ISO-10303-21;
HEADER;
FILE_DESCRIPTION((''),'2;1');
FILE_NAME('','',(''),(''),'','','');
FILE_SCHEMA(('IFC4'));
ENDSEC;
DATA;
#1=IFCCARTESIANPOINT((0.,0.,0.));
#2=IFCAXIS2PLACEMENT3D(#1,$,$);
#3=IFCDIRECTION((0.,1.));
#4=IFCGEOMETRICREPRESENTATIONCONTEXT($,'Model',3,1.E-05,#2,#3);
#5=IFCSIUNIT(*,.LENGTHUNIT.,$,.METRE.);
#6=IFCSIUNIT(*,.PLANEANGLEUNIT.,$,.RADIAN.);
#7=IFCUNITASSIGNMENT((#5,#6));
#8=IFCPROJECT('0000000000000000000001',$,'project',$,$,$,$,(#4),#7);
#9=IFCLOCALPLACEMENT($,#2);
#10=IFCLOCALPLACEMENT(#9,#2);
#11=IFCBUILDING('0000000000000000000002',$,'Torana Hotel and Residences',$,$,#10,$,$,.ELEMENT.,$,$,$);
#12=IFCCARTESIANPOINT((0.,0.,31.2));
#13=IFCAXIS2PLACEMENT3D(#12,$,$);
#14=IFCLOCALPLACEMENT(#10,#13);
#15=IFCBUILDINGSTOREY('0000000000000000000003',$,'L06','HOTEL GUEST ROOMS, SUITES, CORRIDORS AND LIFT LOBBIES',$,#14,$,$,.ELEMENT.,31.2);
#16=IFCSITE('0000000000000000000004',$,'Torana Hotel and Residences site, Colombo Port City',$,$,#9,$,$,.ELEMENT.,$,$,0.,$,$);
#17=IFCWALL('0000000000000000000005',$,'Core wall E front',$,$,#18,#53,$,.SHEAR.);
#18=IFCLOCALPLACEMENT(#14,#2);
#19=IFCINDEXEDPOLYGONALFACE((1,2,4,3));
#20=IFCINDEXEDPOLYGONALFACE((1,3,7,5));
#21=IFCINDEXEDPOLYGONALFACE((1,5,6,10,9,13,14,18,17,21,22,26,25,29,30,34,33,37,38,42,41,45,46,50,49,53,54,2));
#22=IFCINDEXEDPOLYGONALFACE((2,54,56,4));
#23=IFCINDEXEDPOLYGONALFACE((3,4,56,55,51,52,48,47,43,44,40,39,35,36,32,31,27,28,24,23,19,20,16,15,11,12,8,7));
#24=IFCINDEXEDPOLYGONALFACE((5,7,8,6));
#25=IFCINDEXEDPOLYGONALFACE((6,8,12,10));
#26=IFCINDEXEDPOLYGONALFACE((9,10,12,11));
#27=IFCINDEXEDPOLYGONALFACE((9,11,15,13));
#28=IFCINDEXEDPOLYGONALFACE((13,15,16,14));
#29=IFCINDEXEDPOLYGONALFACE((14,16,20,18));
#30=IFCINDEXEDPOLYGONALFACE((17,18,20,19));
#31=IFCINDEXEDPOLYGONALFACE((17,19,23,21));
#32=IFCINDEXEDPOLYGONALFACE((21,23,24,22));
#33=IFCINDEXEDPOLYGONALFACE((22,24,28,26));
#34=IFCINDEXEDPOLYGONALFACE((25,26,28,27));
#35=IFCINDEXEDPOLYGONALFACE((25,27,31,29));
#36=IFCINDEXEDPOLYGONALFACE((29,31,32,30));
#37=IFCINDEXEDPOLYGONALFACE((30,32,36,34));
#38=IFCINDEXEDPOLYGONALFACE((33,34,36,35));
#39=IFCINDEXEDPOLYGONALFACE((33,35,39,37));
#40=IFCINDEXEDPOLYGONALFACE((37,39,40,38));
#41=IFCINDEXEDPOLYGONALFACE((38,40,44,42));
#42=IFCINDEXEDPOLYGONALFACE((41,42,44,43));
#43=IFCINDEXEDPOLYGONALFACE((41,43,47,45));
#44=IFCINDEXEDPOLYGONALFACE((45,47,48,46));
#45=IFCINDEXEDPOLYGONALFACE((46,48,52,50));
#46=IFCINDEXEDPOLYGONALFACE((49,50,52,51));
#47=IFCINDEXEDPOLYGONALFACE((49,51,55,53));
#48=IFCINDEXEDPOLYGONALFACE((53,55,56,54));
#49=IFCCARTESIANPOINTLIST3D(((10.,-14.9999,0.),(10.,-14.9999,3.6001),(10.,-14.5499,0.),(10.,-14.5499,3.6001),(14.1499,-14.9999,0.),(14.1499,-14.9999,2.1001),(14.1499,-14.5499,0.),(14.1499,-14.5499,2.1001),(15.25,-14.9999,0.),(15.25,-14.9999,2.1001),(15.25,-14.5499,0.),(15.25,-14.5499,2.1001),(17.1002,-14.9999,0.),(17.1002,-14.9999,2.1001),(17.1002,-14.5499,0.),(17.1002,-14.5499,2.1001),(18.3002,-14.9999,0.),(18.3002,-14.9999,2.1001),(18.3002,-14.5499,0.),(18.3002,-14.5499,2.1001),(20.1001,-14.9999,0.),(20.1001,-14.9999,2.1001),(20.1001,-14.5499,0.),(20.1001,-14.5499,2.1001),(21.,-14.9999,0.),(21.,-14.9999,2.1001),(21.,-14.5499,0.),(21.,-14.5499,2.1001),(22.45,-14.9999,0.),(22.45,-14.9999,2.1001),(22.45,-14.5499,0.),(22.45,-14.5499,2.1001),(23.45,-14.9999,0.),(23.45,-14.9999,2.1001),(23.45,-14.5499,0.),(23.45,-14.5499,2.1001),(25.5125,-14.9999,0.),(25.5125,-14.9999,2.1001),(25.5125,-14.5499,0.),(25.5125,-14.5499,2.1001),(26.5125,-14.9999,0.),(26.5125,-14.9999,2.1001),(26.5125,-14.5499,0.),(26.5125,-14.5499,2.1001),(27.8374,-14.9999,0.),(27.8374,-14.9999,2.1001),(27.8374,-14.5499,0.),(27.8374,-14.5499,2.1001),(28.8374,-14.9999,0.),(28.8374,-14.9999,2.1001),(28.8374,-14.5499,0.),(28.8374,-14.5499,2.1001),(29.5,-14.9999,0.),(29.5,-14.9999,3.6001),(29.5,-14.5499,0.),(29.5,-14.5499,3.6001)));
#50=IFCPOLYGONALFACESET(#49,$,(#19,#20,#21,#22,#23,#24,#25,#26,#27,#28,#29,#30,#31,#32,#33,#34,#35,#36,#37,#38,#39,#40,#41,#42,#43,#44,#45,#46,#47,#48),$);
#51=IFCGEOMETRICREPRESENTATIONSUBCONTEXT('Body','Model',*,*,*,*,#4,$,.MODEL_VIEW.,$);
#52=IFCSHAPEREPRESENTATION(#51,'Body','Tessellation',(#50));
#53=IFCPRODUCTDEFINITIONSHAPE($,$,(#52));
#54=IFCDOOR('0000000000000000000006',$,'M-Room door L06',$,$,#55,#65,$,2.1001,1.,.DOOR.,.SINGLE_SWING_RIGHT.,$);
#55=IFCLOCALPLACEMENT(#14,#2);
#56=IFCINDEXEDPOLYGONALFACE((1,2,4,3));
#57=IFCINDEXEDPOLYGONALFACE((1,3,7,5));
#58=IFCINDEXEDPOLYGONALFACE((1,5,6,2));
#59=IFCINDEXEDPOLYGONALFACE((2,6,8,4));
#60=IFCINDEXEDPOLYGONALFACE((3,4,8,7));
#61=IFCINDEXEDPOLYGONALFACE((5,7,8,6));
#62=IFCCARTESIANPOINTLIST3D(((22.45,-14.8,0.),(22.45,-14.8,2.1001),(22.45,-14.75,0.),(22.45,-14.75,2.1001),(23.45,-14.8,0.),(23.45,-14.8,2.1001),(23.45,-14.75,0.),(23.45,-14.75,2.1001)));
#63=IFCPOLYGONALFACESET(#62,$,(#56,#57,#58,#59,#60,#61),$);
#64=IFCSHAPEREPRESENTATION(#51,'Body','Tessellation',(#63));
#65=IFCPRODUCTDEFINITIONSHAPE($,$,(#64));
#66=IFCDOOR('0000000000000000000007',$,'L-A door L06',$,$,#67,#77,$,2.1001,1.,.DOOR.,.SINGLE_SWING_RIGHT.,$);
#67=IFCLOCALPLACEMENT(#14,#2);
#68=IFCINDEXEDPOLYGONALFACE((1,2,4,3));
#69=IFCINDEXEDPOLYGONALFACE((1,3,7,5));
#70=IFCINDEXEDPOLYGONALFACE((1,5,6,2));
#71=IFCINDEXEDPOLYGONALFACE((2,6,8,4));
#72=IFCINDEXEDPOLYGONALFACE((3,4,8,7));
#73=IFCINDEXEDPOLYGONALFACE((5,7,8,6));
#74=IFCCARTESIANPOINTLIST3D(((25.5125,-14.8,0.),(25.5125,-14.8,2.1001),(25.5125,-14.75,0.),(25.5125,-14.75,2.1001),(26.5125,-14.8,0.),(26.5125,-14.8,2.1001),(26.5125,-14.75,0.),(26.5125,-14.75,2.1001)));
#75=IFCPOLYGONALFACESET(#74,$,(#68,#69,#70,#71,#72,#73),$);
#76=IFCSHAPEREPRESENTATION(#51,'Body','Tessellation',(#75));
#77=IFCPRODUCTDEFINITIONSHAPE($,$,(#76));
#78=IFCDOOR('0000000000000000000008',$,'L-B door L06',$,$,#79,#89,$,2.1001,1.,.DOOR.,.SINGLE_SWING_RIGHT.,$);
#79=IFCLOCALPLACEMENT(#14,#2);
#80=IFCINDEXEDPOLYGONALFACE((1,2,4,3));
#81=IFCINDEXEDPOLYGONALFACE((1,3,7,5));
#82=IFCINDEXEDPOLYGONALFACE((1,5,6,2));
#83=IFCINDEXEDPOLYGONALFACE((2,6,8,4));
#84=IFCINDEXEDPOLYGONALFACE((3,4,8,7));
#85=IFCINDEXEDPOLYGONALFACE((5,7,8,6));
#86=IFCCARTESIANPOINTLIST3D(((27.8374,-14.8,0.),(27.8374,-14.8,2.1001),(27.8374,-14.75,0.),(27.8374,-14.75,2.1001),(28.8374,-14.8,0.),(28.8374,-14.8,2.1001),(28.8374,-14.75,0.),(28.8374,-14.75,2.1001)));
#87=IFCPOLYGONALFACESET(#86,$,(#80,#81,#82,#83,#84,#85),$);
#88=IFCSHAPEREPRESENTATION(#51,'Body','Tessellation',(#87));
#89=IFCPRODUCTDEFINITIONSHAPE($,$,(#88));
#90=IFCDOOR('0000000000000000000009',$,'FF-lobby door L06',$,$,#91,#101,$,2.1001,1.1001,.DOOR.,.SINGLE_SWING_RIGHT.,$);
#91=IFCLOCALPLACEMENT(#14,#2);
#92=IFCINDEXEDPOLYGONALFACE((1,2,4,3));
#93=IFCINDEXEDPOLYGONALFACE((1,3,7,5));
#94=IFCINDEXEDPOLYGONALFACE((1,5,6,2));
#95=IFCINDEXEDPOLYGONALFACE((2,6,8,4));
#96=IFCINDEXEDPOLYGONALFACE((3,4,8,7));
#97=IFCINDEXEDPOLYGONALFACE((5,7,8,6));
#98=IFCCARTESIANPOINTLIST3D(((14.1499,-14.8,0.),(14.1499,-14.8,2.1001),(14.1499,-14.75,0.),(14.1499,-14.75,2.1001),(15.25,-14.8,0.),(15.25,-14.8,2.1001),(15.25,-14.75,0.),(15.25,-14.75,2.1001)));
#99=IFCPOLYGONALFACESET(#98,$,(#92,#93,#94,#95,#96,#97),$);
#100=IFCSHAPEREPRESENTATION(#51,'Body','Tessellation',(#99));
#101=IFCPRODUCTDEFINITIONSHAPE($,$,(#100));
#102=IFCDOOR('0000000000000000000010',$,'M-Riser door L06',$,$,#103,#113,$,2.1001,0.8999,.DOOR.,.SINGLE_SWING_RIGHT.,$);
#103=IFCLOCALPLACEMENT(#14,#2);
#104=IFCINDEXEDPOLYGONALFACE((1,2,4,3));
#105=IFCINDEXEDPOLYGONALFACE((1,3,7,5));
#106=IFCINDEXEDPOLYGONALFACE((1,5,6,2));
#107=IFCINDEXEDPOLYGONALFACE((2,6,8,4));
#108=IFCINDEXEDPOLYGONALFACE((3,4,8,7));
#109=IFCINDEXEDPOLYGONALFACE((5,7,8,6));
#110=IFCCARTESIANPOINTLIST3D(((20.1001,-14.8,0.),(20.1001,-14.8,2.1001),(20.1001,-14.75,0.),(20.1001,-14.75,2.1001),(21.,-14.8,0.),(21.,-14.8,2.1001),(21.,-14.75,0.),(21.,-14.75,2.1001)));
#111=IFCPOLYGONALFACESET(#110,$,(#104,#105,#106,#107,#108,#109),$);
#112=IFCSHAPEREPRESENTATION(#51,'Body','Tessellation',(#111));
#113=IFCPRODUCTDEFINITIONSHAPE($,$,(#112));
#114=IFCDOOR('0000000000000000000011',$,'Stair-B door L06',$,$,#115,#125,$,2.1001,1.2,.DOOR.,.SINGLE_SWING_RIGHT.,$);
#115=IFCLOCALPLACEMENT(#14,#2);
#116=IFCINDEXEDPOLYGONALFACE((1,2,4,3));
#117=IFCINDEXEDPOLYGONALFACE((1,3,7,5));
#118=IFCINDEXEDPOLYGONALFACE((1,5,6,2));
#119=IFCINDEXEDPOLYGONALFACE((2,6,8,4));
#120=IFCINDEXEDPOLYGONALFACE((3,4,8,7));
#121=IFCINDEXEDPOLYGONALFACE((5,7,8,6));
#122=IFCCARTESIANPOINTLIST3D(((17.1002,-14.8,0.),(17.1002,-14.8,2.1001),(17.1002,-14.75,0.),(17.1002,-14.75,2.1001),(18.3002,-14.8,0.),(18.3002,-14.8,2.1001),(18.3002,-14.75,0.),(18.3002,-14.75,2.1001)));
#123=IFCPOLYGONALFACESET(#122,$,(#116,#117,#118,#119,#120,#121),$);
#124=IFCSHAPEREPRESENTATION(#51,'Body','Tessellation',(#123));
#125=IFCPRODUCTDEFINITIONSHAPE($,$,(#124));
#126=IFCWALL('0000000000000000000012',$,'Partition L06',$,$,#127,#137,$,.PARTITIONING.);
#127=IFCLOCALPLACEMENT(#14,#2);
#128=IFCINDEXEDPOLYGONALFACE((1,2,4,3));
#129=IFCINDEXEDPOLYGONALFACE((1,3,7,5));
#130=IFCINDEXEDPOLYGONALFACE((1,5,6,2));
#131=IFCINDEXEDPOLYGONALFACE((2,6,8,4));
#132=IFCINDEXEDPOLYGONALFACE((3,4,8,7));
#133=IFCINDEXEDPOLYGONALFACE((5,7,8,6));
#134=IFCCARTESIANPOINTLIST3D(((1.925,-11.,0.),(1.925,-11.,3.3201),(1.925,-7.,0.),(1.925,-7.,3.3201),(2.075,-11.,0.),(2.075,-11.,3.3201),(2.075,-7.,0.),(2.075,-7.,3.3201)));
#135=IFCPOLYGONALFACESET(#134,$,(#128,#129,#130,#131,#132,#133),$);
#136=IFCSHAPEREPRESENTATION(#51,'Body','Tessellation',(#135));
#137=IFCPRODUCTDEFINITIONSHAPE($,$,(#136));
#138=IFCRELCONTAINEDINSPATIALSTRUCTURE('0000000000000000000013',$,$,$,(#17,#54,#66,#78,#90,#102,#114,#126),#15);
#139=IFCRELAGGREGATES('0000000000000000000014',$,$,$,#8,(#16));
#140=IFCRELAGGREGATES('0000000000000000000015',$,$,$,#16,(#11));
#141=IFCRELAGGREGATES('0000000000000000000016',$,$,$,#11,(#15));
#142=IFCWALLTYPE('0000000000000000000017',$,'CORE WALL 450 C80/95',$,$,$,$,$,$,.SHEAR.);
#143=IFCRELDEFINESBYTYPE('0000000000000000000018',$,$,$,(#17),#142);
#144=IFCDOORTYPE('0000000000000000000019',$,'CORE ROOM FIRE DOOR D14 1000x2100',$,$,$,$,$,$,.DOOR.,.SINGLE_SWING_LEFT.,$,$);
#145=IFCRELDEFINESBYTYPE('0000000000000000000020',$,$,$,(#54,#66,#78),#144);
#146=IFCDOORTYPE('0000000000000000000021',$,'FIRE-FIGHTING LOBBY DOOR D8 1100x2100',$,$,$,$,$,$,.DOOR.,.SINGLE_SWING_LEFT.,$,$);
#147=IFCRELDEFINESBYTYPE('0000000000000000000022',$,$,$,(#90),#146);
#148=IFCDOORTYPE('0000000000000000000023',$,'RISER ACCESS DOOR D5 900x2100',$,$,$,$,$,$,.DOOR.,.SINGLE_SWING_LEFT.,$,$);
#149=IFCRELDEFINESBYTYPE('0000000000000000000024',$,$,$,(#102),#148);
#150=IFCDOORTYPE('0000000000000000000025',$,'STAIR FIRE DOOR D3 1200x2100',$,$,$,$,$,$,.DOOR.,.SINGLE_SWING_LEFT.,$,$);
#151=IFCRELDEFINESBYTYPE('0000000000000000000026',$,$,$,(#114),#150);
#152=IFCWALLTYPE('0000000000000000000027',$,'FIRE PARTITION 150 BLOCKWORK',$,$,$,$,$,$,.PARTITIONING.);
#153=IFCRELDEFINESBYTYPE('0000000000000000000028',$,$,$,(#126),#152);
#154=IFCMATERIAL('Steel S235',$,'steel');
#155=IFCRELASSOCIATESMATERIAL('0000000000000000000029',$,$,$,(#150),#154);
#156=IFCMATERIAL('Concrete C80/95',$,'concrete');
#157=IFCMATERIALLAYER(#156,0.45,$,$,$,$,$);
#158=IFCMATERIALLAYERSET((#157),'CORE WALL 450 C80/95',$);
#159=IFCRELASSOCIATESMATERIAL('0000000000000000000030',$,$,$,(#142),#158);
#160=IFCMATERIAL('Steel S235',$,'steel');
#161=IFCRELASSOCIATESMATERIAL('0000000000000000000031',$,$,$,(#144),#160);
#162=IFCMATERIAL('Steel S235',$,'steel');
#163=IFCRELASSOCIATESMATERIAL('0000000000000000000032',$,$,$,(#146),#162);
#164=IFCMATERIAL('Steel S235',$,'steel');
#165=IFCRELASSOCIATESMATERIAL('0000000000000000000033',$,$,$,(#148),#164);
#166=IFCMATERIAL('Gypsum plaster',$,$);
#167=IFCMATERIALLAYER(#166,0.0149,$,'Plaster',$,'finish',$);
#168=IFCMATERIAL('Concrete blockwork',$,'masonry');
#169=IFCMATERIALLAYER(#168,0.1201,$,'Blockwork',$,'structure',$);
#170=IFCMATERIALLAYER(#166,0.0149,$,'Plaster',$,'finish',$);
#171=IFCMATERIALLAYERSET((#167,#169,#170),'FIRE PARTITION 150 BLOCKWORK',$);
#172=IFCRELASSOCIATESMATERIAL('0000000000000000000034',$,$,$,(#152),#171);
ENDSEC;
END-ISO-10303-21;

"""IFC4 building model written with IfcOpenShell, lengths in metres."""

from ifc_helpers import new_model, si_unit, direction, frame, frame_2d, origin, place, context, subcontext, project, spatial, rectangle, extrude, material, layer, layer_set, type_object, element, fill, save


model = new_model("IFC4")

# Units and contexts
model_context = context("Model", 3, precision=1e-05, world=origin(), true_north=direction((0.0, 1.0)))
body_context = subcontext(model_context, "Body", "Model", "MODEL_VIEW")
ifc_project = project(units=[si_unit("LENGTHUNIT", "METRE"), si_unit("PLANEANGLEUNIT", "RADIAN")], contexts=[model_context])

# Site, building, storey
site_placement = place(None, origin())
site = spatial("IfcSite", under=ifc_project, at=site_placement, Name="Torana Hotel and Residences site, Colombo Port City", CompositionType="ELEMENT", RefElevation=0.0)
building_placement = place(site_placement, origin())
building = spatial("IfcBuilding", under=site, at=building_placement, Name="Torana Hotel and Residences", CompositionType="ELEMENT")
storey_placement = place(building_placement, frame((0.0, 0.0, 31.2)))
storey = spatial("IfcBuildingStorey", under=building, at=storey_placement, Name="L06", Description="HOTEL GUEST ROOMS, SUITES, CORRIDORS AND LIFT LOBBIES", CompositionType="ELEMENT", Elevation=31.2)

# Wall, openings, doors
ifc_material_1 = material(Name="Steel S235", Category="steel")
door_type_1 = type_object("IfcDoorType", Name="STAIR FIRE DOOR D3 1200x2100", OperationType="SINGLE_SWING_LEFT", PredefinedType="DOOR", material=ifc_material_1)
ifc_material_2 = material(Name="Concrete C80/95", Category="concrete")
ifc_layer_1 = layer(ifc_material_2, 0.45)
ifc_layer_set_1 = layer_set([ifc_layer_1], Name="CORE WALL 450 C80/95")
wall_type_1 = type_object("IfcWallType", Name="CORE WALL 450 C80/95", PredefinedType="SHEAR", material=ifc_layer_set_1)
wall_1_placement = place(storey_placement, frame((10.0, -14.7749, 0.0), z_axis=(0.0, 0.0, 1.0), x_axis=(1.0, 0.0, 0.0)))
wall_1 = element("IfcWall", 1, at=wall_1_placement, inside=storey, type_object=wall_type_1, Name="Core wall E front", PredefinedType="SHEAR", context=body_context, shape_type="SweptSolid", body=[
    extrude(rectangle(XDim=19.5, YDim=0.45, at=frame_2d((9.75, 0.0))), origin(), (0.0, 0.0, 1.0), 3.6001),
])
opening_1_placement = place(wall_1_placement, frame((7.1001, 0.0, 0.0)))
opening_1 = element("IfcOpeningElement", 2, at=opening_1_placement, cuts=wall_1, PredefinedType="OPENING", context=body_context, shape_type="SweptSolid", body=[
    extrude(rectangle(XDim=1.2, YDim=2.1001, at=frame_2d((0.6001, 1.05))), frame((0.0, 0.2349, 0.0), z_axis=(0.0, -1.0, 0.0), x_axis=(1.0, 0.0, 0.0)), (0.0, 0.0, 1.0), 0.47),
])
opening_2_placement = place(wall_1_placement, frame((4.1499, 0.0, 0.0)))
opening_2 = element("IfcOpeningElement", 3, at=opening_2_placement, cuts=wall_1, PredefinedType="OPENING", context=body_context, shape_type="SweptSolid", body=[
    extrude(rectangle(XDim=1.1001, YDim=2.1001, at=frame_2d((0.55, 1.05))), frame((0.0, 0.2349, 0.0), z_axis=(0.0, -1.0, 0.0), x_axis=(1.0, 0.0, 0.0)), (0.0, 0.0, 1.0), 0.47),
])
opening_3_placement = place(wall_1_placement, frame((10.1001, 0.0, 0.0)))
opening_3 = element("IfcOpeningElement", 4, at=opening_3_placement, cuts=wall_1, PredefinedType="OPENING", context=body_context, shape_type="SweptSolid", body=[
    extrude(rectangle(XDim=0.8999, YDim=2.1001, at=frame_2d((0.45, 1.05))), frame((0.0, 0.2349, 0.0), z_axis=(0.0, -1.0, 0.0), x_axis=(1.0, 0.0, 0.0)), (0.0, 0.0, 1.0), 0.47),
])
opening_4_placement = place(wall_1_placement, frame((12.45, 0.0, 0.0)))
opening_4 = element("IfcOpeningElement", 5, at=opening_4_placement, cuts=wall_1, PredefinedType="OPENING", context=body_context, shape_type="SweptSolid", body=[
    extrude(rectangle(XDim=1.0, YDim=2.1001, at=frame_2d((0.5, 1.05))), frame((0.0, 0.2349, 0.0), z_axis=(0.0, -1.0, 0.0), x_axis=(1.0, 0.0, 0.0)), (0.0, 0.0, 1.0), 0.47),
])
opening_5_placement = place(wall_1_placement, frame((15.5125, 0.0, 0.0)))
opening_5 = element("IfcOpeningElement", 6, at=opening_5_placement, cuts=wall_1, PredefinedType="OPENING", context=body_context, shape_type="SweptSolid", body=[
    extrude(rectangle(XDim=1.0, YDim=2.1001, at=frame_2d((0.5, 1.05))), frame((0.0, 0.2349, 0.0), z_axis=(0.0, -1.0, 0.0), x_axis=(1.0, 0.0, 0.0)), (0.0, 0.0, 1.0), 0.47),
])
opening_6_placement = place(wall_1_placement, frame((17.8374, 0.0, 0.0)))
opening_6 = element("IfcOpeningElement", 7, at=opening_6_placement, cuts=wall_1, PredefinedType="OPENING", context=body_context, shape_type="SweptSolid", body=[
    extrude(rectangle(XDim=1.0, YDim=2.1001, at=frame_2d((0.5, 1.05))), frame((0.0, 0.2349, 0.0), z_axis=(0.0, -1.0, 0.0), x_axis=(1.0, 0.0, 0.0)), (0.0, 0.0, 1.0), 0.47),
])
ifc_material_3 = material(Name="Steel S235", Category="steel")
door_type_2 = type_object("IfcDoorType", Name="CORE ROOM FIRE DOOR D14 1000x2100", OperationType="SINGLE_SWING_LEFT", PredefinedType="DOOR", material=ifc_material_3)
door_1_placement = place(opening_4_placement, origin())
door_1 = element("IfcDoor", 8, at=door_1_placement, inside=storey, type_object=door_type_2, Name="M-Room door L06", OperationType="SINGLE_SWING_RIGHT", OverallHeight=2.1001, OverallWidth=1.0, PredefinedType="DOOR", context=body_context, shape_type="SweptSolid", body=[
    extrude(rectangle(XDim=1.0, YDim=2.1001, at=frame_2d((0.5, 1.05))), frame((0.0, 0.0249, 0.0), z_axis=(0.0, -1.0, 0.0), x_axis=(1.0, 0.0, 0.0)), (0.0, 0.0, 1.0), 0.05),
])
fill(opening_4, door_1)
door_2_placement = place(opening_5_placement, origin())
door_2 = element("IfcDoor", 9, at=door_2_placement, inside=storey, type_object=door_type_2, Name="L-A door L06", OperationType="SINGLE_SWING_RIGHT", OverallHeight=2.1001, OverallWidth=1.0, PredefinedType="DOOR", context=body_context, shape_type="SweptSolid", body=[
    extrude(rectangle(XDim=1.0, YDim=2.1001, at=frame_2d((0.5, 1.05))), frame((0.0, 0.0249, 0.0), z_axis=(0.0, -1.0, 0.0), x_axis=(1.0, 0.0, 0.0)), (0.0, 0.0, 1.0), 0.05),
])
fill(opening_5, door_2)
door_3_placement = place(opening_6_placement, origin())
door_3 = element("IfcDoor", 10, at=door_3_placement, inside=storey, type_object=door_type_2, Name="L-B door L06", OperationType="SINGLE_SWING_RIGHT", OverallHeight=2.1001, OverallWidth=1.0, PredefinedType="DOOR", context=body_context, shape_type="SweptSolid", body=[
    extrude(rectangle(XDim=1.0, YDim=2.1001, at=frame_2d((0.5, 1.05))), frame((0.0, 0.0249, 0.0), z_axis=(0.0, -1.0, 0.0), x_axis=(1.0, 0.0, 0.0)), (0.0, 0.0, 1.0), 0.05),
])
fill(opening_6, door_3)
ifc_material_4 = material(Name="Steel S235", Category="steel")
door_type_3 = type_object("IfcDoorType", Name="FIRE-FIGHTING LOBBY DOOR D8 1100x2100", OperationType="SINGLE_SWING_LEFT", PredefinedType="DOOR", material=ifc_material_4)
door_4_placement = place(opening_2_placement, origin())
door_4 = element("IfcDoor", 11, at=door_4_placement, inside=storey, type_object=door_type_3, Name="FF-lobby door L06", OperationType="SINGLE_SWING_RIGHT", OverallHeight=2.1001, OverallWidth=1.1001, PredefinedType="DOOR", context=body_context, shape_type="SweptSolid", body=[
    extrude(rectangle(XDim=1.1001, YDim=2.1001, at=frame_2d((0.55, 1.05))), frame((0.0, 0.0249, 0.0), z_axis=(0.0, -1.0, 0.0), x_axis=(1.0, 0.0, 0.0)), (0.0, 0.0, 1.0), 0.05),
])
fill(opening_2, door_4)
ifc_material_5 = material(Name="Steel S235", Category="steel")
door_type_4 = type_object("IfcDoorType", Name="RISER ACCESS DOOR D5 900x2100", OperationType="SINGLE_SWING_LEFT", PredefinedType="DOOR", material=ifc_material_5)
door_5_placement = place(opening_3_placement, origin())
door_5 = element("IfcDoor", 12, at=door_5_placement, inside=storey, type_object=door_type_4, Name="M-Riser door L06", OperationType="SINGLE_SWING_RIGHT", OverallHeight=2.1001, OverallWidth=0.8999, PredefinedType="DOOR", context=body_context, shape_type="SweptSolid", body=[
    extrude(rectangle(XDim=0.8999, YDim=2.1001, at=frame_2d((0.45, 1.05))), frame((0.0, 0.0249, 0.0), z_axis=(0.0, -1.0, 0.0), x_axis=(1.0, 0.0, 0.0)), (0.0, 0.0, 1.0), 0.05),
])
fill(opening_3, door_5)
door_6_placement = place(opening_1_placement, origin())
door_6 = element("IfcDoor", 13, at=door_6_placement, inside=storey, type_object=door_type_1, Name="Stair-B door L06", OperationType="SINGLE_SWING_RIGHT", OverallHeight=2.1001, OverallWidth=1.2, PredefinedType="DOOR", context=body_context, shape_type="SweptSolid", body=[
    extrude(rectangle(XDim=1.2, YDim=2.1001, at=frame_2d((0.6001, 1.05))), frame((0.0, 0.0249, 0.0), z_axis=(0.0, -1.0, 0.0), x_axis=(1.0, 0.0, 0.0)), (0.0, 0.0, 1.0), 0.05),
])
fill(opening_1, door_6)

# Wall
ifc_material_6 = material(Name="Gypsum plaster")
ifc_layer_2 = layer(ifc_material_6, 0.0149, Name="Plaster", Category="finish")
ifc_material_7 = material(Name="Concrete blockwork", Category="masonry")
ifc_layer_3 = layer(ifc_material_7, 0.1201, Name="Blockwork", Category="structure")
ifc_layer_4 = layer(ifc_material_6, 0.0149, Name="Plaster", Category="finish")
ifc_layer_set_2 = layer_set([ifc_layer_2, ifc_layer_3, ifc_layer_4], Name="FIRE PARTITION 150 BLOCKWORK")
wall_type_2 = type_object("IfcWallType", Name="FIRE PARTITION 150 BLOCKWORK", PredefinedType="PARTITIONING", material=ifc_layer_set_2)
wall_2_placement = place(storey_placement, frame((2.0, -11.0, 0.0), z_axis=(0.0, 0.0, 1.0), x_axis=(0.0, 1.0, 0.0)))
element("IfcWall", 14, at=wall_2_placement, inside=storey, type_object=wall_type_2, Name="Partition L06", PredefinedType="PARTITIONING", context=body_context, shape_type="SweptSolid", body=[
    extrude(rectangle(XDim=4.0, YDim=0.1499, at=frame_2d((2.0, 0.0))), origin(), (0.0, 0.0, 1.0), 3.3201),
])

save(model, "model.ifc")
